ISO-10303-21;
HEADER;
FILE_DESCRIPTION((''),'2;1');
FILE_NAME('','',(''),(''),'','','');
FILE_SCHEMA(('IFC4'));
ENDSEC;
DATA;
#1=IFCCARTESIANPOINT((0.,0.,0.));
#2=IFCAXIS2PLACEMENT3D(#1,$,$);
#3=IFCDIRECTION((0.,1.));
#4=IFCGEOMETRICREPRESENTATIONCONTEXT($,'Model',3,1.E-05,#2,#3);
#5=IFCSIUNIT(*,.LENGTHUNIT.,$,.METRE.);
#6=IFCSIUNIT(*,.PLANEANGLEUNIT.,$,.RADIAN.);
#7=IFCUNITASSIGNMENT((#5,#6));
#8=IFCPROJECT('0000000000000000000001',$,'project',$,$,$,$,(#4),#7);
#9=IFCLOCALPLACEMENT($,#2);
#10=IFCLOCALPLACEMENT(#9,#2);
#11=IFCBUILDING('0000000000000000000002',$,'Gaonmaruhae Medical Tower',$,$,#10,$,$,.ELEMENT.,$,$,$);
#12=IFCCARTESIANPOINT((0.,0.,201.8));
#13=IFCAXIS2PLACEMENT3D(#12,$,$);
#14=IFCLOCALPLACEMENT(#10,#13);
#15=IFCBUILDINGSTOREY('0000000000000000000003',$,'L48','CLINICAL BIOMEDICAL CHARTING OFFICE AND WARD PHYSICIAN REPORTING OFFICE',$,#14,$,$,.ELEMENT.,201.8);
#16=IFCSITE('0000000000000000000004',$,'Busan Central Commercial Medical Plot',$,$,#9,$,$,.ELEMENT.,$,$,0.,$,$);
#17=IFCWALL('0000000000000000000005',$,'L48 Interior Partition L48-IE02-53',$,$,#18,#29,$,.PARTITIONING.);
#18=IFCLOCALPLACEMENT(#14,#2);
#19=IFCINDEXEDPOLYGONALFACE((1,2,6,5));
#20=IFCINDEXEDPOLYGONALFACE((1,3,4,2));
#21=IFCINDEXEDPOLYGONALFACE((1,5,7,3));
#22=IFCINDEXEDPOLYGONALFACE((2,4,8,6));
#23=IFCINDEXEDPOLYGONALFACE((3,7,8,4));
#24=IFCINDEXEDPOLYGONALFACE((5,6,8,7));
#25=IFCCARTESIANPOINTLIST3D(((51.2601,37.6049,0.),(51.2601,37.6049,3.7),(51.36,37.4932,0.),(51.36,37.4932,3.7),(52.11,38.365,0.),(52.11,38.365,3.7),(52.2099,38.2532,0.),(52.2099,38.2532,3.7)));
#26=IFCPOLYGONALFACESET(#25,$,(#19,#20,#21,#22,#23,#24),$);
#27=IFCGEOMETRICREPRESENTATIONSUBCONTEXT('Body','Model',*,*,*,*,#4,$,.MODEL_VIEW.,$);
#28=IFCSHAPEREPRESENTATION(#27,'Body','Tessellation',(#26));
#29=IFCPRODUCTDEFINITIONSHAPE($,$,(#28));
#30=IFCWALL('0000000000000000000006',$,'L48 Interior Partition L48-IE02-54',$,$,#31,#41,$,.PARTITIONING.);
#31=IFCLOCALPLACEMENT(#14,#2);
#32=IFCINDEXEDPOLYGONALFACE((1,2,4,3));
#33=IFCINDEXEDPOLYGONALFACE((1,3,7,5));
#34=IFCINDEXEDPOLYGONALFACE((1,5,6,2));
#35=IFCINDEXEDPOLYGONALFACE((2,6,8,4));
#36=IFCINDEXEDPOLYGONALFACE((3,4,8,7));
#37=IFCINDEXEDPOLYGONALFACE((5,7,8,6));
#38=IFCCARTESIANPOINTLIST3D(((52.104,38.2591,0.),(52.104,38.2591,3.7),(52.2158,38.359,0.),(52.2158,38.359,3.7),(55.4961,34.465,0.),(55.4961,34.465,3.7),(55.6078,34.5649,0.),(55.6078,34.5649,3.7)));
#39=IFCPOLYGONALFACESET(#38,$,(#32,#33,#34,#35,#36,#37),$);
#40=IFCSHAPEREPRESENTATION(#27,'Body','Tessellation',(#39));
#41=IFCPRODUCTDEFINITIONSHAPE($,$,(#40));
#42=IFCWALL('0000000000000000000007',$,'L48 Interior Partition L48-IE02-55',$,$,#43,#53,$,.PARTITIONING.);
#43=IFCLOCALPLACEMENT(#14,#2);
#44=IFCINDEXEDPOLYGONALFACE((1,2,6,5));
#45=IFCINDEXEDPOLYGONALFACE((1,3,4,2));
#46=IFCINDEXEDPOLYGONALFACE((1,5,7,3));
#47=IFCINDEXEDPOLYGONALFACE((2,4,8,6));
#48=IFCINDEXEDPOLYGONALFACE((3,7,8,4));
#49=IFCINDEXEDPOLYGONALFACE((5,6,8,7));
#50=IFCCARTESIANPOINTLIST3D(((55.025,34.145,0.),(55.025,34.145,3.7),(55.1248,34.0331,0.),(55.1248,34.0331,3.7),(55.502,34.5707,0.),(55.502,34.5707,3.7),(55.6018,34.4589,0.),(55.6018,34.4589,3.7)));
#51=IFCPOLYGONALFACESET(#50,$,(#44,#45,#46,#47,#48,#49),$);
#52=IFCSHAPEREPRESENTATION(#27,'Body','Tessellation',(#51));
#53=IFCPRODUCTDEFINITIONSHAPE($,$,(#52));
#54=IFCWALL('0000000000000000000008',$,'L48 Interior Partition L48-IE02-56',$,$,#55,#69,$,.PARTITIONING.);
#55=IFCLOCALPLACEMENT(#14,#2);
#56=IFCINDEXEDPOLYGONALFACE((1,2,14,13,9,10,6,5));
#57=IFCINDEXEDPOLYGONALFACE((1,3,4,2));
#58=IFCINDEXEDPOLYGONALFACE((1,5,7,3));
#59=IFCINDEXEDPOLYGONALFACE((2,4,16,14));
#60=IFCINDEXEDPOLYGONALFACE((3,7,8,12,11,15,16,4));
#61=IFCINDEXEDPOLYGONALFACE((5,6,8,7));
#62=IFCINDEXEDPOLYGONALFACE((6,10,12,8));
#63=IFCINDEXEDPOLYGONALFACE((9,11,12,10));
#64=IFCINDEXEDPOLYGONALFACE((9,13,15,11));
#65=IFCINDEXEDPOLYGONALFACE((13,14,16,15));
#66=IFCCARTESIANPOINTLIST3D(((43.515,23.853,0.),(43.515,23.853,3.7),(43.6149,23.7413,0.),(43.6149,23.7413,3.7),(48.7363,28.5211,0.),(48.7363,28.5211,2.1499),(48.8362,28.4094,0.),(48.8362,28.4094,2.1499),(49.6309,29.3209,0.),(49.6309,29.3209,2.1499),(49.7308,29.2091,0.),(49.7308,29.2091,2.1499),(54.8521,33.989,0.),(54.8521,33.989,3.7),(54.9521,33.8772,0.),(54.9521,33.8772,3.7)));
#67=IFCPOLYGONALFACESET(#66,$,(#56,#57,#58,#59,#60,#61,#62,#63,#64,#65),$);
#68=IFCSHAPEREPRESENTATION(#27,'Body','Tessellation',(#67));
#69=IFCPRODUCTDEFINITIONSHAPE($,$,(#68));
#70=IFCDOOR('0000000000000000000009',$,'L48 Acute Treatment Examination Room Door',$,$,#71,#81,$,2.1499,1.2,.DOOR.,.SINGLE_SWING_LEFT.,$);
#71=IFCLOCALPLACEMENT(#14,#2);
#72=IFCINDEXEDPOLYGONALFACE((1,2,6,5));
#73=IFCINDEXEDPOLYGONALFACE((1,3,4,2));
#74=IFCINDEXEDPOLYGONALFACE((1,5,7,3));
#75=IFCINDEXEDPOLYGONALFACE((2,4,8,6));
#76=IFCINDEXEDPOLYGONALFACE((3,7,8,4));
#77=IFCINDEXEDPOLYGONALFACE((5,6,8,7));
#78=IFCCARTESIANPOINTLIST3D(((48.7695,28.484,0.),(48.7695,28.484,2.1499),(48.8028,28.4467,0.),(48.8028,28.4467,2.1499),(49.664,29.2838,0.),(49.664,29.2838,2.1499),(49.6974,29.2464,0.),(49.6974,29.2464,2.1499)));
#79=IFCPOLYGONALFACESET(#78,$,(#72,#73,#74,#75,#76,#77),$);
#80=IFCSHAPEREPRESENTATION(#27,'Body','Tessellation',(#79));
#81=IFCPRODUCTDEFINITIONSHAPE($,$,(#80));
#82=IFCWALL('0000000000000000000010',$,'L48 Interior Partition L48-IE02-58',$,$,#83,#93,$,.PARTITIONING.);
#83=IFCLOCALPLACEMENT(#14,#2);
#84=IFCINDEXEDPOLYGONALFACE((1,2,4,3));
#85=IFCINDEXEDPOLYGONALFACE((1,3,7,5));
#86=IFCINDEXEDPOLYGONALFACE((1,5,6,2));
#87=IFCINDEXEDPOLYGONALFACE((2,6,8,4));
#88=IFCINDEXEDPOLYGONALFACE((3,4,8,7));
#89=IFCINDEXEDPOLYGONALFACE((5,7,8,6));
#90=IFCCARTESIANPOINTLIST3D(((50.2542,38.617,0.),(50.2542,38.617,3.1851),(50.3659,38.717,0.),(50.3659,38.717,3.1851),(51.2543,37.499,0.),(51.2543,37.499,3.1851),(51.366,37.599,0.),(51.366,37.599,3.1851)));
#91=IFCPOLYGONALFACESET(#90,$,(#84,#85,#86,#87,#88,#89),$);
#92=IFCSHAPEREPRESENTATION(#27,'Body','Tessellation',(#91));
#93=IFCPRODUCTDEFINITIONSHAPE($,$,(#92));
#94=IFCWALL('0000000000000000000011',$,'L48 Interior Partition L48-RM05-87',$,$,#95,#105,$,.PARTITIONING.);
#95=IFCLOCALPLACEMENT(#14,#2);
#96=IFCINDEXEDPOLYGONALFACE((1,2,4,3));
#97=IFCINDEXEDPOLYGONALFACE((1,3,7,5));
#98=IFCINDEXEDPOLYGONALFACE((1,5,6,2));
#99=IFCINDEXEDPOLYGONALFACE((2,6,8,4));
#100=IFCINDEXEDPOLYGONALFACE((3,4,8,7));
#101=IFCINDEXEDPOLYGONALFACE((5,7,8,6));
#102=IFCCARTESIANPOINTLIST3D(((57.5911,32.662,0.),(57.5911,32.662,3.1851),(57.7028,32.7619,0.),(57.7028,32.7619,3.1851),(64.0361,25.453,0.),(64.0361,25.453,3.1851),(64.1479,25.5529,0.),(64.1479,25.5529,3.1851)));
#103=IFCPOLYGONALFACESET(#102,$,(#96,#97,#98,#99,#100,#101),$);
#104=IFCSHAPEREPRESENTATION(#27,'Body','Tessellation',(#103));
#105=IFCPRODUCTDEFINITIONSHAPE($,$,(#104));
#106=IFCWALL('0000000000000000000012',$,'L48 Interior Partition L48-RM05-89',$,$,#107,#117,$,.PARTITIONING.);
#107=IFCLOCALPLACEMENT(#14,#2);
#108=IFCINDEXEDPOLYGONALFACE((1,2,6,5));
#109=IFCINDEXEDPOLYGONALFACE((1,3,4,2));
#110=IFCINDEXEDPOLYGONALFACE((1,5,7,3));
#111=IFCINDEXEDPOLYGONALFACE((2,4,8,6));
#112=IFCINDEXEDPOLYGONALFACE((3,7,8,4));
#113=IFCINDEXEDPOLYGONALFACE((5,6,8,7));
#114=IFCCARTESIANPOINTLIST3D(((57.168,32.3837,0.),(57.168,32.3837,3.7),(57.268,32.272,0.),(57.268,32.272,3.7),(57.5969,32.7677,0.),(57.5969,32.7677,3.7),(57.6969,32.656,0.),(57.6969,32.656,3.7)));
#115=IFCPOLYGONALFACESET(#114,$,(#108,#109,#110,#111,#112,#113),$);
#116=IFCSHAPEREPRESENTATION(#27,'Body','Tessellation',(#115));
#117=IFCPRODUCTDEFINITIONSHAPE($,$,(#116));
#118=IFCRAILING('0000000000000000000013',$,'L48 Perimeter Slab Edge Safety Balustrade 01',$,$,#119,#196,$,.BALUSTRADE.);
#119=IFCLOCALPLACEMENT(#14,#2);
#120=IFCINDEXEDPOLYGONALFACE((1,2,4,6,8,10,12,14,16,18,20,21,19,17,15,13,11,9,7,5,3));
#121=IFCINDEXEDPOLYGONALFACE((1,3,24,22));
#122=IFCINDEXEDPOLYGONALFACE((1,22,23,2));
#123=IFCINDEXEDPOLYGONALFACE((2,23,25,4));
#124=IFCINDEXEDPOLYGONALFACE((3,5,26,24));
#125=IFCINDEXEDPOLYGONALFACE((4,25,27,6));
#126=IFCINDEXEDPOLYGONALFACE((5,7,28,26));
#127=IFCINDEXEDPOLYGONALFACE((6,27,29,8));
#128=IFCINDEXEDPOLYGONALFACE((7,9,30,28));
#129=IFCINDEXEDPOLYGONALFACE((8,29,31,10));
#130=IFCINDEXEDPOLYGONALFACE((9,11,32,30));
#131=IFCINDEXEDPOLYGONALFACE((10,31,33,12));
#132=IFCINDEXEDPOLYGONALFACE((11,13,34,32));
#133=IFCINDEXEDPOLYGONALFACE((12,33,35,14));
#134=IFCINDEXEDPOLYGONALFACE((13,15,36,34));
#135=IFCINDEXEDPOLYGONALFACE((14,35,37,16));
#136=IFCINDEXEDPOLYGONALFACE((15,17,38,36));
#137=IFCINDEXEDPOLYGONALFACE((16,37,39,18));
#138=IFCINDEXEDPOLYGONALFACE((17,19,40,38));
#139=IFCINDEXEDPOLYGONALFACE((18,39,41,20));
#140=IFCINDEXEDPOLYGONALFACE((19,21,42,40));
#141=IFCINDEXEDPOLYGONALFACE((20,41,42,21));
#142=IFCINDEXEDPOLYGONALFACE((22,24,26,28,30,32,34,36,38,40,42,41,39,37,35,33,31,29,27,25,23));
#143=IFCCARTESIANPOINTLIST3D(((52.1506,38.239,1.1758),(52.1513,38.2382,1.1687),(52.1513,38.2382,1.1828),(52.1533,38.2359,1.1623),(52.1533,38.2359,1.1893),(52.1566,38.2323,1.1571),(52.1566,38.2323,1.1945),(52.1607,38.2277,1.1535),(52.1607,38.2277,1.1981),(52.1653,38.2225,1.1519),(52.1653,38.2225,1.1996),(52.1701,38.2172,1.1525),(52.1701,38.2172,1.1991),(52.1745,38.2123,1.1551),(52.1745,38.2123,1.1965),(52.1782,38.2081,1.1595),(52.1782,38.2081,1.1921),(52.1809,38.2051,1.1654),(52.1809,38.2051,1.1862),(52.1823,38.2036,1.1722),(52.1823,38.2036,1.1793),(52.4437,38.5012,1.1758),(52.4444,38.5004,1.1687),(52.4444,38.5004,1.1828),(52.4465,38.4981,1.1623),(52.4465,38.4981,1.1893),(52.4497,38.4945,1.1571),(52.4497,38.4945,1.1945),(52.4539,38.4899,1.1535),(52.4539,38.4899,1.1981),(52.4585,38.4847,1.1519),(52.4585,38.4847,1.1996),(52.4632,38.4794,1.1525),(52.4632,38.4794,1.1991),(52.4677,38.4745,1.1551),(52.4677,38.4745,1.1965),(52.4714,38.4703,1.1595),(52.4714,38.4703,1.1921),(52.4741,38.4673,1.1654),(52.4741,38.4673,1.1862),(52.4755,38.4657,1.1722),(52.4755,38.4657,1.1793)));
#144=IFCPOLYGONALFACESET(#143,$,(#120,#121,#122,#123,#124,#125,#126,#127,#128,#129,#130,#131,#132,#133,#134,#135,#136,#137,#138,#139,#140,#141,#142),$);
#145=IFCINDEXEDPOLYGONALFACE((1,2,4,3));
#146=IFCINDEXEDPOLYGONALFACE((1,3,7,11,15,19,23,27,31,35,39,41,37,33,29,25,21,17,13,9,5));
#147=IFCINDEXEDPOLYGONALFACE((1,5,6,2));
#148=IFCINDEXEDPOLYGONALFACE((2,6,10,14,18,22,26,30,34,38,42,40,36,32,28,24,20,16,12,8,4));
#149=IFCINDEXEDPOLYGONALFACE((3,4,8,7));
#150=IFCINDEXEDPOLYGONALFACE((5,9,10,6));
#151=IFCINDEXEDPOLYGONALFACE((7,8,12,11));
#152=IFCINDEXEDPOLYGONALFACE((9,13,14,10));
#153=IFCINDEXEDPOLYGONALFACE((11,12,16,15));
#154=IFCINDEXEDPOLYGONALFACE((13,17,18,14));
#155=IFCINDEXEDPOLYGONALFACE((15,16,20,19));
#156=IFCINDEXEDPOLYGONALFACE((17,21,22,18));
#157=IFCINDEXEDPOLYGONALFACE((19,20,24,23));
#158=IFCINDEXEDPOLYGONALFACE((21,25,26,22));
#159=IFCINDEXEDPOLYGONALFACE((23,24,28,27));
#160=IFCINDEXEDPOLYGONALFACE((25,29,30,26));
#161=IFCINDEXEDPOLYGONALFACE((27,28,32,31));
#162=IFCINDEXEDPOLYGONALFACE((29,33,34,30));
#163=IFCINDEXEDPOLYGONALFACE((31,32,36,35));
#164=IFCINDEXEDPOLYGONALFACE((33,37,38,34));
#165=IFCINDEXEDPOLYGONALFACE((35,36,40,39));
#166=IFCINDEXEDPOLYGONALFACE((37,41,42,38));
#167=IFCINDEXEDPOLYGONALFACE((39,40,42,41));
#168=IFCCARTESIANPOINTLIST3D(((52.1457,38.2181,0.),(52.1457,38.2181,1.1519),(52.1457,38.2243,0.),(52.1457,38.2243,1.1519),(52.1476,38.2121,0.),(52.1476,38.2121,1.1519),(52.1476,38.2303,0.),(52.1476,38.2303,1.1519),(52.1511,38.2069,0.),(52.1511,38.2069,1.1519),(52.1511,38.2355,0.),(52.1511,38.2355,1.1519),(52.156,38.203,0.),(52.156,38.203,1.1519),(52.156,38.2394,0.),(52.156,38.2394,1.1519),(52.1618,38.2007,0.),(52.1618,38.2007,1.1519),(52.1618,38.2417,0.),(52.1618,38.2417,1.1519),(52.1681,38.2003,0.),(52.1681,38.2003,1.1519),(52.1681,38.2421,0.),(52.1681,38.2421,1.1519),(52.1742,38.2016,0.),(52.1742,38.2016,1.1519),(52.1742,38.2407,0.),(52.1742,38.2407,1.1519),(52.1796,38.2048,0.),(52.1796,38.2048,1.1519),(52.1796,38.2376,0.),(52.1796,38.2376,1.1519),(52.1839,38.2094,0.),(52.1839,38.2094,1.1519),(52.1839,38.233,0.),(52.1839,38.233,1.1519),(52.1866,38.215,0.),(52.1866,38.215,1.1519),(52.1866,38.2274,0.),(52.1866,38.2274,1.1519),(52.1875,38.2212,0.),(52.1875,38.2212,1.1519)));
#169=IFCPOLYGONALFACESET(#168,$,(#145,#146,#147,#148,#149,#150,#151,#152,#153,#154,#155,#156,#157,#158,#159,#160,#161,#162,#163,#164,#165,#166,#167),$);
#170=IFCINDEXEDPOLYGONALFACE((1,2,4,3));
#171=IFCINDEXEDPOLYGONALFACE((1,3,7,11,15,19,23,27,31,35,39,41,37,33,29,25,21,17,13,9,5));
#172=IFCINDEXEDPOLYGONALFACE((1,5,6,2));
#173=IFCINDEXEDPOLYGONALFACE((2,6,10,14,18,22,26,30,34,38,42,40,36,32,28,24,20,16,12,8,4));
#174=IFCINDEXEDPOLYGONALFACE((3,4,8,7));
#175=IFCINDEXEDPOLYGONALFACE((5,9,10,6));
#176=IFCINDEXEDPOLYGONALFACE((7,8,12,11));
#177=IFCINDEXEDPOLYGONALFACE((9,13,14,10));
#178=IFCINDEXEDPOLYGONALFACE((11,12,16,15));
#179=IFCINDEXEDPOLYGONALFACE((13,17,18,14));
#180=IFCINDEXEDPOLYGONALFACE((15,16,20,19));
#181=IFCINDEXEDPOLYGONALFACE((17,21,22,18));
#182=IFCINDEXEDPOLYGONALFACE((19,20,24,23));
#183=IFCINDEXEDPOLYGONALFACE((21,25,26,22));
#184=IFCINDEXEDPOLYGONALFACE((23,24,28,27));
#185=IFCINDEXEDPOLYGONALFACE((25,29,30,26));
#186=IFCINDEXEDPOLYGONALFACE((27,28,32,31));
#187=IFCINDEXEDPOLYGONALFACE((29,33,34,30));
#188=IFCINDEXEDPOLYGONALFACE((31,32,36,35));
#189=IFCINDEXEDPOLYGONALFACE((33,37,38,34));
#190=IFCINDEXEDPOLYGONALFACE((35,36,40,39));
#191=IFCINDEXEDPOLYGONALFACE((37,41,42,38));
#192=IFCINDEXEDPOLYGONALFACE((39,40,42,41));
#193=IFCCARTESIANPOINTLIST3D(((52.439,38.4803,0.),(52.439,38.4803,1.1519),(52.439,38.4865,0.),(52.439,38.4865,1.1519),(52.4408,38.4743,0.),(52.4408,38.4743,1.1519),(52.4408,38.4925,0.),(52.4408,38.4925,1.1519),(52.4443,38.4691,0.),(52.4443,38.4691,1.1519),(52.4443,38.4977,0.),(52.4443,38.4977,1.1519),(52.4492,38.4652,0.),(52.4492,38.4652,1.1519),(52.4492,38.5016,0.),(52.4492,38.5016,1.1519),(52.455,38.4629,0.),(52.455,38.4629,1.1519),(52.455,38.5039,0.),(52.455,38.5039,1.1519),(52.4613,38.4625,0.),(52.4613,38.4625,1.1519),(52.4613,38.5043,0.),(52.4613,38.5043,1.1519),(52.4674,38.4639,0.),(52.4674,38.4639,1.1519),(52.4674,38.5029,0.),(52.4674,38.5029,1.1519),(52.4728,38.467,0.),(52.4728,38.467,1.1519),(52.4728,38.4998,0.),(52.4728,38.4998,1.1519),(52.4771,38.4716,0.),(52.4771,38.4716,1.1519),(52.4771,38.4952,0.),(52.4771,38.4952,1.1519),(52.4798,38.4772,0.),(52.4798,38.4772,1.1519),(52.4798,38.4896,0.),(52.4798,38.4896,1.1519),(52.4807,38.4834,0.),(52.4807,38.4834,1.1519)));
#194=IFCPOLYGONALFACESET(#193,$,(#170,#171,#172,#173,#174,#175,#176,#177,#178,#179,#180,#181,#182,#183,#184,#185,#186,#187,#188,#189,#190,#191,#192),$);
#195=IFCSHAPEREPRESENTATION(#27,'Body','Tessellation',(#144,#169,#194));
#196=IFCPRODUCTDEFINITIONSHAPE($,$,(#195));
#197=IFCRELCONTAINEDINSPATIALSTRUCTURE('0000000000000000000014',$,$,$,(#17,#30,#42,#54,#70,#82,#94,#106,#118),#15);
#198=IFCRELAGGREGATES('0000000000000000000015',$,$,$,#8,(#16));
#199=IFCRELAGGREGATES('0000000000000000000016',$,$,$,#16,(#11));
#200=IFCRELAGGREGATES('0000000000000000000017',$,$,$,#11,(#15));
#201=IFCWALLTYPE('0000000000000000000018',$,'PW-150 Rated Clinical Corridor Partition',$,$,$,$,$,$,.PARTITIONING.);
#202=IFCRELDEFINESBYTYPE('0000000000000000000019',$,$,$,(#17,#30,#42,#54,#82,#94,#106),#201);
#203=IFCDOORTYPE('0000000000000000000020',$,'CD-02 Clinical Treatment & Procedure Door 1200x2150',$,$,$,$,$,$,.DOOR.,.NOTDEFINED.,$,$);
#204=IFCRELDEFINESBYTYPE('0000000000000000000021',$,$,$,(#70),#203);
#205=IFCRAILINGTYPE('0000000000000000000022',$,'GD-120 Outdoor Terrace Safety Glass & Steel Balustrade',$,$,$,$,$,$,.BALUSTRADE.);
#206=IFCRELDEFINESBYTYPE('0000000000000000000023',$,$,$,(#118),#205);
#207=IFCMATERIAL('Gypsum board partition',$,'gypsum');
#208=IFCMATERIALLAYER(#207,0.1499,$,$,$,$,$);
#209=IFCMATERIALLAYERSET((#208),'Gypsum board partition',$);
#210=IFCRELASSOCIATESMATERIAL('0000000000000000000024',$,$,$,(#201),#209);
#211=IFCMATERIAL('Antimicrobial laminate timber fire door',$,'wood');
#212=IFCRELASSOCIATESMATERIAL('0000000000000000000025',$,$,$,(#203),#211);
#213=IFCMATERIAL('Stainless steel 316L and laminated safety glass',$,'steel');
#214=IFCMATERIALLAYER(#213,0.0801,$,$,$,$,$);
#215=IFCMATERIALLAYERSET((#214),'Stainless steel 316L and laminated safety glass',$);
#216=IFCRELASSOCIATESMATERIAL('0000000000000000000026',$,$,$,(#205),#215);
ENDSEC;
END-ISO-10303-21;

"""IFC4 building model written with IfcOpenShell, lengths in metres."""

from ifc_helpers import new_model, si_unit, direction, frame, frame_2d, origin, origin_2d, place, context, subcontext, project, spatial, rectangle, circle, extrude, material, layer, layer_set, type_object, element, fill, save


model = new_model("IFC4")

# Units and contexts
model_context = context("Model", 3, precision=1e-05, world=origin(), true_north=direction((0.0, 1.0)))
body_context = subcontext(model_context, "Body", "Model", "MODEL_VIEW")
ifc_project = project(units=[si_unit("LENGTHUNIT", "METRE"), si_unit("PLANEANGLEUNIT", "RADIAN")], contexts=[model_context])

# Site, building, storey
site_placement = place(None, origin())
site = spatial("IfcSite", under=ifc_project, at=site_placement, Name="Busan Central Commercial Medical Plot", CompositionType="ELEMENT", RefElevation=0.0)
building_placement = place(site_placement, origin())
building = spatial("IfcBuilding", under=site, at=building_placement, Name="Gaonmaruhae Medical Tower", CompositionType="ELEMENT")
storey_placement = place(building_placement, frame((0.0, 0.0, 201.8)))
storey = spatial("IfcBuildingStorey", under=building, at=storey_placement, Name="L48", Description="CLINICAL BIOMEDICAL CHARTING OFFICE AND WARD PHYSICIAN REPORTING OFFICE", CompositionType="ELEMENT", Elevation=201.8)

# Walls
ifc_material_1 = material(Name="Gypsum board partition", Category="gypsum")
ifc_layer_1 = layer(ifc_material_1, 0.1499)
ifc_layer_set_1 = layer_set([ifc_layer_1], Name="Gypsum board partition")
wall_type_1 = type_object("IfcWallType", Name="PW-150 Rated Clinical Corridor Partition", PredefinedType="PARTITIONING", material=ifc_layer_set_1)
wall_1_placement = place(storey_placement, frame((51.3101, 37.5491, 0.0), z_axis=(0.0, 0.0, 1.0), x_axis=(0.745409, 0.666607, 0.0)))
element("IfcWall", 1, at=wall_1_placement, inside=storey, type_object=wall_type_1, Name="L48 Interior Partition L48-IE02-53", PredefinedType="PARTITIONING", context=body_context, shape_type="SweptSolid", body=[
    extrude(rectangle(XDim=1.1401, YDim=0.1499, at=frame_2d((0.5701, 0.0))), origin(), (0.0, 0.0, 1.0), 3.7),
])
wall_2_placement = place(storey_placement, frame((52.1599, 38.3091, 0.0), z_axis=(0.0, 0.0, 1.0), x_axis=(0.666499, -0.745506, 0.0)))
element("IfcWall", 2, at=wall_2_placement, inside=storey, type_object=wall_type_1, Name="L48 Interior Partition L48-IE02-54", PredefinedType="PARTITIONING", context=body_context, shape_type="SweptSolid", body=[
    extrude(rectangle(XDim=5.0894, YDim=0.1499, at=frame_2d((2.5447, 0.0))), origin(), (0.0, 0.0, 1.0), 3.7),
])
wall_3_placement = place(storey_placement, frame((55.552, 34.5149, 0.0), z_axis=(0.0, 0.0, 1.0), x_axis=(-0.74606, -0.665879, 0.0)))
element("IfcWall", 3, at=wall_3_placement, inside=storey, type_object=wall_type_1, Name="L48 Interior Partition L48-IE02-55", PredefinedType="PARTITIONING", context=body_context, shape_type="SweptSolid", body=[
    extrude(rectangle(XDim=0.6394, YDim=0.1499, at=frame_2d((0.3198, 0.0))), origin(), (0.0, 0.0, 1.0), 3.7),
])

# Wall, opening, door
wall_4_placement = place(storey_placement, frame((54.9021, 33.9331, 0.0), z_axis=(0.0, 0.0, 1.0), x_axis=(-0.745496, -0.66651, 0.0)))
wall_4 = element("IfcWall", 4, at=wall_4_placement, inside=storey, type_object=wall_type_1, Name="L48 Interior Partition L48-IE02-56", PredefinedType="PARTITIONING", context=body_context, shape_type="SweptSolid", body=[
    extrude(rectangle(XDim=15.2075, YDim=0.1499, at=frame_2d((7.6038, 0.0))), origin(), (0.0, 0.0, 1.0), 3.7),
])
opening_placement = place(wall_4_placement, frame((7.0037, 0.0, 0.0)))
opening = element("IfcOpeningElement", 5, at=opening_placement, cuts=wall_4, PredefinedType="OPENING", context=body_context, shape_type="SweptSolid", body=[
    extrude(rectangle(XDim=1.2, YDim=2.1499, at=frame_2d((0.6001, 1.075))), frame((0.0, 0.085, 0.0), z_axis=(0.0, -1.0, 0.0), x_axis=(1.0, 0.0, 0.0)), (0.0, 0.0, 1.0), 0.1699),
])
ifc_material_2 = material(Name="Antimicrobial laminate timber fire door", Category="wood")
door_type = type_object("IfcDoorType", Name="CD-02 Clinical Treatment & Procedure Door 1200x2150", OperationType="NOTDEFINED", PredefinedType="DOOR", material=ifc_material_2)
door_placement = place(opening_placement, origin())
door = element("IfcDoor", 6, at=door_placement, inside=storey, type_object=door_type, Name="L48 Acute Treatment Examination Room Door", OperationType="SINGLE_SWING_LEFT", OverallHeight=2.1499, OverallWidth=1.2, PredefinedType="DOOR", context=body_context, shape_type="SweptSolid", body=[
    extrude(rectangle(XDim=1.2, YDim=2.1499, at=frame_2d((0.6001, 1.075))), frame((0.0, 0.0249, 0.0), z_axis=(0.0, -1.0, 0.0), x_axis=(1.0, 0.0, 0.0)), (0.0, 0.0, 1.0), 0.05),
])
fill(opening, door)

# Walls
wall_5_placement = place(storey_placement, frame((50.3101, 38.667, 0.0), z_axis=(0.0, 0.0, 1.0), x_axis=(0.666704, -0.745322, 0.0)))
element("IfcWall", 7, at=wall_5_placement, inside=storey, type_object=wall_type_1, Name="L48 Interior Partition L48-IE02-58", PredefinedType="PARTITIONING", context=body_context, shape_type="SweptSolid", body=[
    extrude(rectangle(XDim=1.5, YDim=0.1499, at=frame_2d((0.75, 0.0))), origin(), (0.0, 0.0, 1.0), 3.1851),
])
wall_6_placement = place(storey_placement, frame((57.647, 32.7119, 0.0), z_axis=(0.0, 0.0, 1.0), x_axis=(0.666503, -0.745502, 0.0)))
element("IfcWall", 8, at=wall_6_placement, inside=storey, type_object=wall_type_1, Name="L48 Interior Partition L48-RM05-87", PredefinedType="PARTITIONING", context=body_context, shape_type="SweptSolid", body=[
    extrude(rectangle(XDim=9.6699, YDim=0.1499, at=frame_2d((4.835, 0.0))), origin(), (0.0, 0.0, 1.0), 3.1851),
])
wall_7_placement = place(storey_placement, frame((57.218, 32.3279, 0.0), z_axis=(0.0, 0.0, 1.0), x_axis=(0.745042, 0.667018, 0.0)))
element("IfcWall", 9, at=wall_7_placement, inside=storey, type_object=wall_type_1, Name="L48 Interior Partition L48-RM05-89", PredefinedType="PARTITIONING", context=body_context, shape_type="SweptSolid", body=[
    extrude(rectangle(XDim=0.5757, YDim=0.1499, at=frame_2d((0.2878, 0.0))), origin(), (0.0, 0.0, 1.0), 3.7),
])

# Railing
ifc_material_3 = material(Name="Stainless steel 316L and laminated safety glass", Category="steel")
ifc_layer_2 = layer(ifc_material_3, 0.0801)
ifc_layer_set_2 = layer_set([ifc_layer_2], Name="Stainless steel 316L and laminated safety glass")
railing_type = type_object("IfcRailingType", Name="GD-120 Outdoor Terrace Safety Glass & Steel Balustrade", PredefinedType="BALUSTRADE", material=ifc_layer_set_2)
railing_1_placement = place(storey_placement, frame((52.1665, 38.2212, 0.0)))
element("IfcRailing", 10, at=railing_1_placement, inside=storey, type_object=railing_type, Name="L48 Perimeter Slab Edge Safety Balustrade 01", PredefinedType="BALUSTRADE", context=body_context, shape_type="SweptSolid", body=[
    extrude(circle(Radius=0.0239, at=origin_2d()), frame((0.0, 0.0, 1.1758), z_axis=(0.74542, 0.666595, 0.0), x_axis=(-0.666595, 0.74542, 0.0)), (0.0, 0.0, 1.0), 0.3933),
    extrude(circle(Radius=0.021, at=origin_2d()), origin(), (0.0, 0.0, 1.0), 1.1519),
    extrude(circle(Radius=0.021, at=origin_2d()), frame((0.2932, 0.2622, 0.0)), (0.0, 0.0, 1.0), 1.1519),
])

save(model, "model.ifc")
